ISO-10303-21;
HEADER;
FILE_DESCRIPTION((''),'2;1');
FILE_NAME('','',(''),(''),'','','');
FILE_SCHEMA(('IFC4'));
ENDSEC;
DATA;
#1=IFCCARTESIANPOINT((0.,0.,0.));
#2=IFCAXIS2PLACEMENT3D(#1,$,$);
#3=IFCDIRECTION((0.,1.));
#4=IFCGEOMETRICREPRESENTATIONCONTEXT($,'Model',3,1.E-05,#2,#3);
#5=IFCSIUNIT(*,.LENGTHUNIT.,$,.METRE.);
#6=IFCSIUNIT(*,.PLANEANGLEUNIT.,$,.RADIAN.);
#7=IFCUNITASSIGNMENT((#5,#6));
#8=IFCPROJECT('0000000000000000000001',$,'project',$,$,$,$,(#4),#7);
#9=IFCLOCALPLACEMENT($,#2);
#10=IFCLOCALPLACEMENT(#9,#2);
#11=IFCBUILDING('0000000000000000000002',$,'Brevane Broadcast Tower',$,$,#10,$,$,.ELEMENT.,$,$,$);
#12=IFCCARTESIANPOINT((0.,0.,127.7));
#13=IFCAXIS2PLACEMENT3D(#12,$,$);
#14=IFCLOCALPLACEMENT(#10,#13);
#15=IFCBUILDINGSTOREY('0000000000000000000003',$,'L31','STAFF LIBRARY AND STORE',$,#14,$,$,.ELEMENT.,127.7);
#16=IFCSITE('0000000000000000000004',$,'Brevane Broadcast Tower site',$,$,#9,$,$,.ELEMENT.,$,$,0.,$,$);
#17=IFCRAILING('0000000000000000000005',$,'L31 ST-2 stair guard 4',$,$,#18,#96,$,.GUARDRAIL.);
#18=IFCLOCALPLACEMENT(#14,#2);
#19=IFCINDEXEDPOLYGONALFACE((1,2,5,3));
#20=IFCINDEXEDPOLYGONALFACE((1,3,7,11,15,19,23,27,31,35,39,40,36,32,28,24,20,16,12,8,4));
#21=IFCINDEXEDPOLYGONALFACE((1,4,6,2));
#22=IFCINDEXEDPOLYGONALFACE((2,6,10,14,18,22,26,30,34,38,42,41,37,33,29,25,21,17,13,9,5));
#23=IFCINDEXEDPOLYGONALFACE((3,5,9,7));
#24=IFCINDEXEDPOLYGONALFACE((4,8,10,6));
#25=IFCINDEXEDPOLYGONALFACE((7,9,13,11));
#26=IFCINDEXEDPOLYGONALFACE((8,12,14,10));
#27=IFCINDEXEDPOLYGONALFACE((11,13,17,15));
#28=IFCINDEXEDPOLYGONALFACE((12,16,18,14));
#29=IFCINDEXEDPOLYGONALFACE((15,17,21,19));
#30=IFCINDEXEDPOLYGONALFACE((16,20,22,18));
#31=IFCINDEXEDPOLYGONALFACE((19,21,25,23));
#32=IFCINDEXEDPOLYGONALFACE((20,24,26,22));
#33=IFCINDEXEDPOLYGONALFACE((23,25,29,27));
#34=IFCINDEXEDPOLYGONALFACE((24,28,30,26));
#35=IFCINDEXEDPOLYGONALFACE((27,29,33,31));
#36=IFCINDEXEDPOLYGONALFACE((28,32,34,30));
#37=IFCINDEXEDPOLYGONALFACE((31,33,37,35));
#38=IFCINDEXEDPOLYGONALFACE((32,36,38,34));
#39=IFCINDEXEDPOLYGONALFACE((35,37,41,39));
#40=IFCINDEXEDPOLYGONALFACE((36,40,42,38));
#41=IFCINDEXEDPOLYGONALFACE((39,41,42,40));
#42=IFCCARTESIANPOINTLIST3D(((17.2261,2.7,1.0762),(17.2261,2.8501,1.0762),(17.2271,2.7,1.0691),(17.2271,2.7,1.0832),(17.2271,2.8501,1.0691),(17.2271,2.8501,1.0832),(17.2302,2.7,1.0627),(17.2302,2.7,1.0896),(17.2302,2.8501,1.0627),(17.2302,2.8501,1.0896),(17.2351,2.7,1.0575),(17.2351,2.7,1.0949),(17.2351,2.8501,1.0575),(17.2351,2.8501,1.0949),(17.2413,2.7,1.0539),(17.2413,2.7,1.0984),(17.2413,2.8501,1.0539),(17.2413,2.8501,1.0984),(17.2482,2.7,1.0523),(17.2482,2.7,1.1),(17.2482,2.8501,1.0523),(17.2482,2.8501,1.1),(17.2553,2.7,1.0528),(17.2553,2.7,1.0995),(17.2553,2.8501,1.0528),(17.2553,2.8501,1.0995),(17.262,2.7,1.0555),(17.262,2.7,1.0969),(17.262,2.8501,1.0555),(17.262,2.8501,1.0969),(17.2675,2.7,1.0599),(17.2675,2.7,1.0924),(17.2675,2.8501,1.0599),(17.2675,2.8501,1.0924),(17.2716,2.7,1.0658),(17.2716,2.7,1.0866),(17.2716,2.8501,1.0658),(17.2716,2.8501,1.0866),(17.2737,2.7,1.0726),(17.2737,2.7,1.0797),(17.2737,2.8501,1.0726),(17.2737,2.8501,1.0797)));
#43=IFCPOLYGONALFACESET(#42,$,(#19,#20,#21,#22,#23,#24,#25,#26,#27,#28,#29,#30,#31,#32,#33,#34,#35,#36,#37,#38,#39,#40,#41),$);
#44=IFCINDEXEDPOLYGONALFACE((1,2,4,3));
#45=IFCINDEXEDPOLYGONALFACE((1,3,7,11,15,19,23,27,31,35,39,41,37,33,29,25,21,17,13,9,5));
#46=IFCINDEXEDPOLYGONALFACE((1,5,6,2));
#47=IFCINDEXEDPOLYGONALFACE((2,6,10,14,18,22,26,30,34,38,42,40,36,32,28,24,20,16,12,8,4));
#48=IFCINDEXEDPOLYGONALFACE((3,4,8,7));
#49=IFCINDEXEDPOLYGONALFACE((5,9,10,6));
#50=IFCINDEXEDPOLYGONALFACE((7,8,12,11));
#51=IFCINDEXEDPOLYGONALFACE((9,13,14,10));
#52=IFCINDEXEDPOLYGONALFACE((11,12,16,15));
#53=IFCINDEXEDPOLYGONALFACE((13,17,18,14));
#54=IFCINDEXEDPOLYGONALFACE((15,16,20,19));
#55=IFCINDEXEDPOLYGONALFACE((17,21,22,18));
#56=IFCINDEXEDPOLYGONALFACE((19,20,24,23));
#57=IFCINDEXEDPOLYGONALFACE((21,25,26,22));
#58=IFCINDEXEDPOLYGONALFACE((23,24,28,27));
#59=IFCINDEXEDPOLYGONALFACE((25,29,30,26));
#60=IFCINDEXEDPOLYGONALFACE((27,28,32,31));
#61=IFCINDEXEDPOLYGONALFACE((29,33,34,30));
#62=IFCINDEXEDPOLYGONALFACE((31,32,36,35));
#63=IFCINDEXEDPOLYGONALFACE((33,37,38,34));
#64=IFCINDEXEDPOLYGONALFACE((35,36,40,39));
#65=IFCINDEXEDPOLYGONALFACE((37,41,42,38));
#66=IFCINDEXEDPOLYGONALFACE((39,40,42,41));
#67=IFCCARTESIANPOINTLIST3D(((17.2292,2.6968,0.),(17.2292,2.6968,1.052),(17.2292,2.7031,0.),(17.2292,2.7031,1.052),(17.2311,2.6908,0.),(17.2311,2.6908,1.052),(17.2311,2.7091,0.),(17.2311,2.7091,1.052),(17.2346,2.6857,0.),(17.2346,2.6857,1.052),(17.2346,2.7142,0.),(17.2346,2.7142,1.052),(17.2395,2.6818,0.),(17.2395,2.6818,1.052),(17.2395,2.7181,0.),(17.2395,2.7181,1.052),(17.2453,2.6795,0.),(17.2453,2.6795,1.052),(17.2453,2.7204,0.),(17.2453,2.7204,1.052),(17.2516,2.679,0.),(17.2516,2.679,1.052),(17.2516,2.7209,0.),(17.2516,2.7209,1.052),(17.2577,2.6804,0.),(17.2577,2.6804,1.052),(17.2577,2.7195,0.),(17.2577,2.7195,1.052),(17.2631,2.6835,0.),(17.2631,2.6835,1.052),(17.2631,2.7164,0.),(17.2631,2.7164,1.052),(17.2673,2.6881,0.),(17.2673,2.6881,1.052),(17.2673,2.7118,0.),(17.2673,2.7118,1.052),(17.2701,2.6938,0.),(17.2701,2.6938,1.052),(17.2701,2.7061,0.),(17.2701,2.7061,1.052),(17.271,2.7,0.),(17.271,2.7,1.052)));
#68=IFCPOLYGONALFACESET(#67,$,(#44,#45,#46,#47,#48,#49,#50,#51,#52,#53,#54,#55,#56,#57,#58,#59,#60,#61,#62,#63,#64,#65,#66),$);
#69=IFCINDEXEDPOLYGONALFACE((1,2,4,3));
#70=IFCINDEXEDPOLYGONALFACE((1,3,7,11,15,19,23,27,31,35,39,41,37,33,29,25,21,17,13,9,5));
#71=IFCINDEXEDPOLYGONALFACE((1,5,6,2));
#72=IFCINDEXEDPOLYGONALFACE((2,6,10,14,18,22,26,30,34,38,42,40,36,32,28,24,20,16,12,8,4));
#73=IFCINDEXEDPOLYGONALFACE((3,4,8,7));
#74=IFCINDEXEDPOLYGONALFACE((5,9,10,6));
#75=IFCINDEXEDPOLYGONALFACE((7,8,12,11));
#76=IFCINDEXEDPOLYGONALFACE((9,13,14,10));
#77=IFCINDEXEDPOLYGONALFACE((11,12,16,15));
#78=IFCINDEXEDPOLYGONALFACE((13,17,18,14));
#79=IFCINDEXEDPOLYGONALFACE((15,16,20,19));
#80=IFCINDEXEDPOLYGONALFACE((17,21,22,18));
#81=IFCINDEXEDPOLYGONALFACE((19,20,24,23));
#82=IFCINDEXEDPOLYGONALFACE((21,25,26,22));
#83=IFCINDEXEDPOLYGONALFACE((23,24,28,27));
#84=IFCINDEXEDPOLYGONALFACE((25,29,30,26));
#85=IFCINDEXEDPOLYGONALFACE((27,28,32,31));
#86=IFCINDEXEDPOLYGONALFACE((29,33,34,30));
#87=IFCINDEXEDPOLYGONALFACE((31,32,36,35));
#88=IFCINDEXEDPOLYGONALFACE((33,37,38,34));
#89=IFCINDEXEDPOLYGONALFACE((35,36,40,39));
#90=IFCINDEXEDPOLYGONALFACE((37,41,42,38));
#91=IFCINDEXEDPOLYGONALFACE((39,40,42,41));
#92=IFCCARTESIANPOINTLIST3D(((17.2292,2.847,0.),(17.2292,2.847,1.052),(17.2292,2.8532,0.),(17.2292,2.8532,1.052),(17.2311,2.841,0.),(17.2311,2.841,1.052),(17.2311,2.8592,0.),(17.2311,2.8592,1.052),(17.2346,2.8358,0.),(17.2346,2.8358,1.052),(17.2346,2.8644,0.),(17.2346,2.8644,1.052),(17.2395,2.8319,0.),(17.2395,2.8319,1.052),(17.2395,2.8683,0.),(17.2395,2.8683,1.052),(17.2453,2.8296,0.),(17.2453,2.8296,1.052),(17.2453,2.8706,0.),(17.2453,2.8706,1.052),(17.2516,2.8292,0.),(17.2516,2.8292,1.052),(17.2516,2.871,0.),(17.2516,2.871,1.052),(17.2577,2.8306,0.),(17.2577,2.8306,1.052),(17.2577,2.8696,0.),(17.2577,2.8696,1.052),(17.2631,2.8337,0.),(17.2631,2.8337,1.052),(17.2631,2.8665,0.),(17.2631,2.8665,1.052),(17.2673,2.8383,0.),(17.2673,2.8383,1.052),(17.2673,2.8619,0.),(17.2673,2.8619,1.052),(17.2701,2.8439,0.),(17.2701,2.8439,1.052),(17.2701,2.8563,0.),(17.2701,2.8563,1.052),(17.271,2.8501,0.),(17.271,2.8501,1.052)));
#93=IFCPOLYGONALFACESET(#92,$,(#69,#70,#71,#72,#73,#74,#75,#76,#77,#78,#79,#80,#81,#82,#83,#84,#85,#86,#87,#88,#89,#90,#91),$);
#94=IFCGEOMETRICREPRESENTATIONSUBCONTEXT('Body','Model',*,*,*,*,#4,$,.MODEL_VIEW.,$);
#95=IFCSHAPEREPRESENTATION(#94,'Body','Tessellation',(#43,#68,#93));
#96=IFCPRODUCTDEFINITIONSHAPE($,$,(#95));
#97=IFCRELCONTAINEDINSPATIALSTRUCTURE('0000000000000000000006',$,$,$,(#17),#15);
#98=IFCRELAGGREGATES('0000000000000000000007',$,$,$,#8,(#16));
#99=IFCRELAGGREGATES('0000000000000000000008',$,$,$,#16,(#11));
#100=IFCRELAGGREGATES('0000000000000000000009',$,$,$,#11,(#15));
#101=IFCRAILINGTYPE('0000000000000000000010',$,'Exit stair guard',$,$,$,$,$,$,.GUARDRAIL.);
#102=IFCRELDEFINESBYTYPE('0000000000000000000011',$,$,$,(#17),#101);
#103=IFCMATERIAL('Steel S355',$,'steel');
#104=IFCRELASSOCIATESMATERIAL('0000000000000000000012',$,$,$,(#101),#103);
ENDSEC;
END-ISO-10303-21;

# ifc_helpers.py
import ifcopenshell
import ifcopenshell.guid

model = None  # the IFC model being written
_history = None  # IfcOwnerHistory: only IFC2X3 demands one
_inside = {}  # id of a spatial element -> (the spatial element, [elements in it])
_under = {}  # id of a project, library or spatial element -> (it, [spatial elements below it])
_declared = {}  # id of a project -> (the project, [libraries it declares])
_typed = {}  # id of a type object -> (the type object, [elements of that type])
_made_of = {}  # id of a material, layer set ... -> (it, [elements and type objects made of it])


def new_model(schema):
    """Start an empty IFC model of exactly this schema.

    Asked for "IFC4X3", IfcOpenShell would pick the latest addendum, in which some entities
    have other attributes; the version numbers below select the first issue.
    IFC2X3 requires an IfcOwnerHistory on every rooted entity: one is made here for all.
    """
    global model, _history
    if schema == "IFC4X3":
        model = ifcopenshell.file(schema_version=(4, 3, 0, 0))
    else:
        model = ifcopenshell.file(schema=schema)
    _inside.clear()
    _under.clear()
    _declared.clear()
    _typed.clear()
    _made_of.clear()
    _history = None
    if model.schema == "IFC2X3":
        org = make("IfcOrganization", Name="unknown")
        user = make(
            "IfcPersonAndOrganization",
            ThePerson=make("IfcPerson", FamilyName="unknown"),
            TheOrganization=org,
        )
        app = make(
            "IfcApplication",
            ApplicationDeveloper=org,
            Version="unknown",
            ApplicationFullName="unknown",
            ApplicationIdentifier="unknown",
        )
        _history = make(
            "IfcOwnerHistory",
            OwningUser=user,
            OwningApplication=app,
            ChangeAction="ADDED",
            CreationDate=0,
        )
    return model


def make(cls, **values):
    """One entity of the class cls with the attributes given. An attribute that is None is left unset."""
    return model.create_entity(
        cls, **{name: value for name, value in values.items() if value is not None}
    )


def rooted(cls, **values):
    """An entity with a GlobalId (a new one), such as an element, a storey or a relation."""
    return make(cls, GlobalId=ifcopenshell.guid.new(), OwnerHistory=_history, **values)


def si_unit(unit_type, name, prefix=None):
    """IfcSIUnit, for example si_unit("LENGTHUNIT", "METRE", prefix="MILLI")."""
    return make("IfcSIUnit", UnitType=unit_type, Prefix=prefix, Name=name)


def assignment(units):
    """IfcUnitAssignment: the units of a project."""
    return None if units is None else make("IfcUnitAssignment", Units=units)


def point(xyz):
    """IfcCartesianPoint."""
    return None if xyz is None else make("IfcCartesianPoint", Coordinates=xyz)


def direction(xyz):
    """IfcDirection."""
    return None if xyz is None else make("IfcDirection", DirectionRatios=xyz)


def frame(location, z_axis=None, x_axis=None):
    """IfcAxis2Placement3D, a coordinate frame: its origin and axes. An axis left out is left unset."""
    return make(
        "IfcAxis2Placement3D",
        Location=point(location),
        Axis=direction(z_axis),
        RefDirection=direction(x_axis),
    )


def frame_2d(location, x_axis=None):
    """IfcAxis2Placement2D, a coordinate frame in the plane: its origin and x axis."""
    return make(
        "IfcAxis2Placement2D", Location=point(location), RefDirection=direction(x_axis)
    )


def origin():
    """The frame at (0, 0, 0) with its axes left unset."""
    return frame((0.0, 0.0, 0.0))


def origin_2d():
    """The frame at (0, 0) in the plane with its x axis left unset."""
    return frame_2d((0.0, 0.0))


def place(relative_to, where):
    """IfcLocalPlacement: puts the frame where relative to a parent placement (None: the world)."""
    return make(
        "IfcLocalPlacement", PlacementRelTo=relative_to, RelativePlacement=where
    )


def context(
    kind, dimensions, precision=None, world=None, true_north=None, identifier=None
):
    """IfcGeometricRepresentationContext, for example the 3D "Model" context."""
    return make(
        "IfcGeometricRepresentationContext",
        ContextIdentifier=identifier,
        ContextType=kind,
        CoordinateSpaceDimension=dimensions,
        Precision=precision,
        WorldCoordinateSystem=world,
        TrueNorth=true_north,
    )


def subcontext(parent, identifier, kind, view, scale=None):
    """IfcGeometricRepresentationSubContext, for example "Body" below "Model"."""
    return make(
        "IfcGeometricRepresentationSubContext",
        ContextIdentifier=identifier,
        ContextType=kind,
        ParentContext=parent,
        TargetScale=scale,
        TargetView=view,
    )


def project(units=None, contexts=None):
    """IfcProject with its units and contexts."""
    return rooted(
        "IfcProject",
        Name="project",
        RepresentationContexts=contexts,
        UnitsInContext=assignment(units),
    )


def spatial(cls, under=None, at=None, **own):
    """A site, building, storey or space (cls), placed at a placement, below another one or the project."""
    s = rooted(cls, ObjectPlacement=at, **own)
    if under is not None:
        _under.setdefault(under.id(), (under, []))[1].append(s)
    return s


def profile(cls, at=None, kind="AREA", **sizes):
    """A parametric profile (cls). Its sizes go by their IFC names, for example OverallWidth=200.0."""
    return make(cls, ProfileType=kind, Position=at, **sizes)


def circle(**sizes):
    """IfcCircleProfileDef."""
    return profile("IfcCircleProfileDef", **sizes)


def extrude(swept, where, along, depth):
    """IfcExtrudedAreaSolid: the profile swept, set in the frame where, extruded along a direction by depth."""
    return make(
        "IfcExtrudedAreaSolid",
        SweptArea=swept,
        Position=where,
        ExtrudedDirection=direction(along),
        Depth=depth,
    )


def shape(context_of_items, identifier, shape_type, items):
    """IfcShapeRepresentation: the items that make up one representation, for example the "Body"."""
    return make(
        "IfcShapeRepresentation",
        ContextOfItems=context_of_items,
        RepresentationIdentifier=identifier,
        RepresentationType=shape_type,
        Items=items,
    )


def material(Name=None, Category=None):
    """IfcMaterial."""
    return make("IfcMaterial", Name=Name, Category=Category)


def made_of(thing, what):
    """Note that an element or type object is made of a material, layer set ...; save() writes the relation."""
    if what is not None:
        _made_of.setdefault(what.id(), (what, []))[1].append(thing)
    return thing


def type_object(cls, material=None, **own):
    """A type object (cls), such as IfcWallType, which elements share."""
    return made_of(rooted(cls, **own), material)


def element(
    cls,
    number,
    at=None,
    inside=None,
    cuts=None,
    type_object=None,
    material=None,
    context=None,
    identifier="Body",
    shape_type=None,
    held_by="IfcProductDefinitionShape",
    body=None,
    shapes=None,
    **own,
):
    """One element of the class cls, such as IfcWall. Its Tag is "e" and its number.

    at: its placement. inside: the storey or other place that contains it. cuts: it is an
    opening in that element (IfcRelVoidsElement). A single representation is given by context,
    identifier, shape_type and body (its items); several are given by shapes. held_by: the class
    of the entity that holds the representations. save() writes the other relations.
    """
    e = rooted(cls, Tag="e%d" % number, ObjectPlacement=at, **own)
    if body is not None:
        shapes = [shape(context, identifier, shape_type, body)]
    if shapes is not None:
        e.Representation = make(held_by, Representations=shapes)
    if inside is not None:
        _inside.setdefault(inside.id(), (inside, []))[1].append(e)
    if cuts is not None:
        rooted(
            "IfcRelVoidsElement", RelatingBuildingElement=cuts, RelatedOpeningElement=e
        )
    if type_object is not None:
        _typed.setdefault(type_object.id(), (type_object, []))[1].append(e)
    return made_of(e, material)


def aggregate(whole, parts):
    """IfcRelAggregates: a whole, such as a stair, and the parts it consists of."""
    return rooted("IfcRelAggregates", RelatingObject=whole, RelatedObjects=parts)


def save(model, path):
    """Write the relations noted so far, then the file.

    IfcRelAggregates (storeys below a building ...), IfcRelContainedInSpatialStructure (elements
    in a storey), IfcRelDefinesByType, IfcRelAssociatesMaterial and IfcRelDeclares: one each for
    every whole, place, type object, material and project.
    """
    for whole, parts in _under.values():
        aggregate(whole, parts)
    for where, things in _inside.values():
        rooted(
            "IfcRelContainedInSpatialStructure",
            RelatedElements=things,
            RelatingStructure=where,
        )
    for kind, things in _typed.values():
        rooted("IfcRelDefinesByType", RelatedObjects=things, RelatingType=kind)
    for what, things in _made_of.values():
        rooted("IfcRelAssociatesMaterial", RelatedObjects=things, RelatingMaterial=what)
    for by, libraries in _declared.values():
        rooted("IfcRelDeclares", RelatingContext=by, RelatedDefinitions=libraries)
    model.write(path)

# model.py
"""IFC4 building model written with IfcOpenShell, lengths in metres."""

from ifc_helpers import new_model, si_unit, direction, frame, origin, origin_2d, place, context, subcontext, project, spatial, circle, extrude, material, type_object, element, save


model = new_model("IFC4")

# Units and contexts
model_context = context("Model", 3, precision=1e-05, world=origin(), true_north=direction((0.0, 1.0)))
body_context = subcontext(model_context, "Body", "Model", "MODEL_VIEW")
ifc_project = project(units=[si_unit("LENGTHUNIT", "METRE"), si_unit("PLANEANGLEUNIT", "RADIAN")], contexts=[model_context])

# Site, building, storey
site_placement = place(None, origin())
site = spatial("IfcSite", under=ifc_project, at=site_placement, Name="Brevane Broadcast Tower site", CompositionType="ELEMENT", RefElevation=0.0)
building_placement = place(site_placement, origin())
building = spatial("IfcBuilding", under=site, at=building_placement, Name="Brevane Broadcast Tower", CompositionType="ELEMENT")
storey_placement = place(building_placement, frame((0.0, 0.0, 127.7)))
storey = spatial("IfcBuildingStorey", under=building, at=storey_placement, Name="L31", Description="STAFF LIBRARY AND STORE", CompositionType="ELEMENT", Elevation=127.7)

# Railing
ifc_material_1 = material(Name="Steel S355", Category="steel")
railing_type_1 = type_object("IfcRailingType", Name="Exit stair guard", PredefinedType="GUARDRAIL", material=ifc_material_1)
railing_1_placement = place(storey_placement, frame((17.25, 2.7, 0.0)))
element("IfcRailing", 1, at=railing_1_placement, inside=storey, type_object=railing_type_1, Name="L31 ST-2 stair guard 4", PredefinedType="GUARDRAIL", context=body_context, shape_type="SweptSolid", body=[
    extrude(circle(Radius=0.0239, at=origin_2d()), frame((0.0, 0.0, 1.0762), z_axis=(0.0, 1.0, 0.0), x_axis=(-1.0, 0.0, 0.0)), (0.0, 0.0, 1.0), 0.1501),
    extrude(circle(Radius=0.021, at=origin_2d()), origin(), (0.0, 0.0, 1.0), 1.052),
    extrude(circle(Radius=0.021, at=origin_2d()), frame((0.0, 0.1501, 0.0)), (0.0, 0.0, 1.0), 1.052),
])

save(model, "model.ifc")
